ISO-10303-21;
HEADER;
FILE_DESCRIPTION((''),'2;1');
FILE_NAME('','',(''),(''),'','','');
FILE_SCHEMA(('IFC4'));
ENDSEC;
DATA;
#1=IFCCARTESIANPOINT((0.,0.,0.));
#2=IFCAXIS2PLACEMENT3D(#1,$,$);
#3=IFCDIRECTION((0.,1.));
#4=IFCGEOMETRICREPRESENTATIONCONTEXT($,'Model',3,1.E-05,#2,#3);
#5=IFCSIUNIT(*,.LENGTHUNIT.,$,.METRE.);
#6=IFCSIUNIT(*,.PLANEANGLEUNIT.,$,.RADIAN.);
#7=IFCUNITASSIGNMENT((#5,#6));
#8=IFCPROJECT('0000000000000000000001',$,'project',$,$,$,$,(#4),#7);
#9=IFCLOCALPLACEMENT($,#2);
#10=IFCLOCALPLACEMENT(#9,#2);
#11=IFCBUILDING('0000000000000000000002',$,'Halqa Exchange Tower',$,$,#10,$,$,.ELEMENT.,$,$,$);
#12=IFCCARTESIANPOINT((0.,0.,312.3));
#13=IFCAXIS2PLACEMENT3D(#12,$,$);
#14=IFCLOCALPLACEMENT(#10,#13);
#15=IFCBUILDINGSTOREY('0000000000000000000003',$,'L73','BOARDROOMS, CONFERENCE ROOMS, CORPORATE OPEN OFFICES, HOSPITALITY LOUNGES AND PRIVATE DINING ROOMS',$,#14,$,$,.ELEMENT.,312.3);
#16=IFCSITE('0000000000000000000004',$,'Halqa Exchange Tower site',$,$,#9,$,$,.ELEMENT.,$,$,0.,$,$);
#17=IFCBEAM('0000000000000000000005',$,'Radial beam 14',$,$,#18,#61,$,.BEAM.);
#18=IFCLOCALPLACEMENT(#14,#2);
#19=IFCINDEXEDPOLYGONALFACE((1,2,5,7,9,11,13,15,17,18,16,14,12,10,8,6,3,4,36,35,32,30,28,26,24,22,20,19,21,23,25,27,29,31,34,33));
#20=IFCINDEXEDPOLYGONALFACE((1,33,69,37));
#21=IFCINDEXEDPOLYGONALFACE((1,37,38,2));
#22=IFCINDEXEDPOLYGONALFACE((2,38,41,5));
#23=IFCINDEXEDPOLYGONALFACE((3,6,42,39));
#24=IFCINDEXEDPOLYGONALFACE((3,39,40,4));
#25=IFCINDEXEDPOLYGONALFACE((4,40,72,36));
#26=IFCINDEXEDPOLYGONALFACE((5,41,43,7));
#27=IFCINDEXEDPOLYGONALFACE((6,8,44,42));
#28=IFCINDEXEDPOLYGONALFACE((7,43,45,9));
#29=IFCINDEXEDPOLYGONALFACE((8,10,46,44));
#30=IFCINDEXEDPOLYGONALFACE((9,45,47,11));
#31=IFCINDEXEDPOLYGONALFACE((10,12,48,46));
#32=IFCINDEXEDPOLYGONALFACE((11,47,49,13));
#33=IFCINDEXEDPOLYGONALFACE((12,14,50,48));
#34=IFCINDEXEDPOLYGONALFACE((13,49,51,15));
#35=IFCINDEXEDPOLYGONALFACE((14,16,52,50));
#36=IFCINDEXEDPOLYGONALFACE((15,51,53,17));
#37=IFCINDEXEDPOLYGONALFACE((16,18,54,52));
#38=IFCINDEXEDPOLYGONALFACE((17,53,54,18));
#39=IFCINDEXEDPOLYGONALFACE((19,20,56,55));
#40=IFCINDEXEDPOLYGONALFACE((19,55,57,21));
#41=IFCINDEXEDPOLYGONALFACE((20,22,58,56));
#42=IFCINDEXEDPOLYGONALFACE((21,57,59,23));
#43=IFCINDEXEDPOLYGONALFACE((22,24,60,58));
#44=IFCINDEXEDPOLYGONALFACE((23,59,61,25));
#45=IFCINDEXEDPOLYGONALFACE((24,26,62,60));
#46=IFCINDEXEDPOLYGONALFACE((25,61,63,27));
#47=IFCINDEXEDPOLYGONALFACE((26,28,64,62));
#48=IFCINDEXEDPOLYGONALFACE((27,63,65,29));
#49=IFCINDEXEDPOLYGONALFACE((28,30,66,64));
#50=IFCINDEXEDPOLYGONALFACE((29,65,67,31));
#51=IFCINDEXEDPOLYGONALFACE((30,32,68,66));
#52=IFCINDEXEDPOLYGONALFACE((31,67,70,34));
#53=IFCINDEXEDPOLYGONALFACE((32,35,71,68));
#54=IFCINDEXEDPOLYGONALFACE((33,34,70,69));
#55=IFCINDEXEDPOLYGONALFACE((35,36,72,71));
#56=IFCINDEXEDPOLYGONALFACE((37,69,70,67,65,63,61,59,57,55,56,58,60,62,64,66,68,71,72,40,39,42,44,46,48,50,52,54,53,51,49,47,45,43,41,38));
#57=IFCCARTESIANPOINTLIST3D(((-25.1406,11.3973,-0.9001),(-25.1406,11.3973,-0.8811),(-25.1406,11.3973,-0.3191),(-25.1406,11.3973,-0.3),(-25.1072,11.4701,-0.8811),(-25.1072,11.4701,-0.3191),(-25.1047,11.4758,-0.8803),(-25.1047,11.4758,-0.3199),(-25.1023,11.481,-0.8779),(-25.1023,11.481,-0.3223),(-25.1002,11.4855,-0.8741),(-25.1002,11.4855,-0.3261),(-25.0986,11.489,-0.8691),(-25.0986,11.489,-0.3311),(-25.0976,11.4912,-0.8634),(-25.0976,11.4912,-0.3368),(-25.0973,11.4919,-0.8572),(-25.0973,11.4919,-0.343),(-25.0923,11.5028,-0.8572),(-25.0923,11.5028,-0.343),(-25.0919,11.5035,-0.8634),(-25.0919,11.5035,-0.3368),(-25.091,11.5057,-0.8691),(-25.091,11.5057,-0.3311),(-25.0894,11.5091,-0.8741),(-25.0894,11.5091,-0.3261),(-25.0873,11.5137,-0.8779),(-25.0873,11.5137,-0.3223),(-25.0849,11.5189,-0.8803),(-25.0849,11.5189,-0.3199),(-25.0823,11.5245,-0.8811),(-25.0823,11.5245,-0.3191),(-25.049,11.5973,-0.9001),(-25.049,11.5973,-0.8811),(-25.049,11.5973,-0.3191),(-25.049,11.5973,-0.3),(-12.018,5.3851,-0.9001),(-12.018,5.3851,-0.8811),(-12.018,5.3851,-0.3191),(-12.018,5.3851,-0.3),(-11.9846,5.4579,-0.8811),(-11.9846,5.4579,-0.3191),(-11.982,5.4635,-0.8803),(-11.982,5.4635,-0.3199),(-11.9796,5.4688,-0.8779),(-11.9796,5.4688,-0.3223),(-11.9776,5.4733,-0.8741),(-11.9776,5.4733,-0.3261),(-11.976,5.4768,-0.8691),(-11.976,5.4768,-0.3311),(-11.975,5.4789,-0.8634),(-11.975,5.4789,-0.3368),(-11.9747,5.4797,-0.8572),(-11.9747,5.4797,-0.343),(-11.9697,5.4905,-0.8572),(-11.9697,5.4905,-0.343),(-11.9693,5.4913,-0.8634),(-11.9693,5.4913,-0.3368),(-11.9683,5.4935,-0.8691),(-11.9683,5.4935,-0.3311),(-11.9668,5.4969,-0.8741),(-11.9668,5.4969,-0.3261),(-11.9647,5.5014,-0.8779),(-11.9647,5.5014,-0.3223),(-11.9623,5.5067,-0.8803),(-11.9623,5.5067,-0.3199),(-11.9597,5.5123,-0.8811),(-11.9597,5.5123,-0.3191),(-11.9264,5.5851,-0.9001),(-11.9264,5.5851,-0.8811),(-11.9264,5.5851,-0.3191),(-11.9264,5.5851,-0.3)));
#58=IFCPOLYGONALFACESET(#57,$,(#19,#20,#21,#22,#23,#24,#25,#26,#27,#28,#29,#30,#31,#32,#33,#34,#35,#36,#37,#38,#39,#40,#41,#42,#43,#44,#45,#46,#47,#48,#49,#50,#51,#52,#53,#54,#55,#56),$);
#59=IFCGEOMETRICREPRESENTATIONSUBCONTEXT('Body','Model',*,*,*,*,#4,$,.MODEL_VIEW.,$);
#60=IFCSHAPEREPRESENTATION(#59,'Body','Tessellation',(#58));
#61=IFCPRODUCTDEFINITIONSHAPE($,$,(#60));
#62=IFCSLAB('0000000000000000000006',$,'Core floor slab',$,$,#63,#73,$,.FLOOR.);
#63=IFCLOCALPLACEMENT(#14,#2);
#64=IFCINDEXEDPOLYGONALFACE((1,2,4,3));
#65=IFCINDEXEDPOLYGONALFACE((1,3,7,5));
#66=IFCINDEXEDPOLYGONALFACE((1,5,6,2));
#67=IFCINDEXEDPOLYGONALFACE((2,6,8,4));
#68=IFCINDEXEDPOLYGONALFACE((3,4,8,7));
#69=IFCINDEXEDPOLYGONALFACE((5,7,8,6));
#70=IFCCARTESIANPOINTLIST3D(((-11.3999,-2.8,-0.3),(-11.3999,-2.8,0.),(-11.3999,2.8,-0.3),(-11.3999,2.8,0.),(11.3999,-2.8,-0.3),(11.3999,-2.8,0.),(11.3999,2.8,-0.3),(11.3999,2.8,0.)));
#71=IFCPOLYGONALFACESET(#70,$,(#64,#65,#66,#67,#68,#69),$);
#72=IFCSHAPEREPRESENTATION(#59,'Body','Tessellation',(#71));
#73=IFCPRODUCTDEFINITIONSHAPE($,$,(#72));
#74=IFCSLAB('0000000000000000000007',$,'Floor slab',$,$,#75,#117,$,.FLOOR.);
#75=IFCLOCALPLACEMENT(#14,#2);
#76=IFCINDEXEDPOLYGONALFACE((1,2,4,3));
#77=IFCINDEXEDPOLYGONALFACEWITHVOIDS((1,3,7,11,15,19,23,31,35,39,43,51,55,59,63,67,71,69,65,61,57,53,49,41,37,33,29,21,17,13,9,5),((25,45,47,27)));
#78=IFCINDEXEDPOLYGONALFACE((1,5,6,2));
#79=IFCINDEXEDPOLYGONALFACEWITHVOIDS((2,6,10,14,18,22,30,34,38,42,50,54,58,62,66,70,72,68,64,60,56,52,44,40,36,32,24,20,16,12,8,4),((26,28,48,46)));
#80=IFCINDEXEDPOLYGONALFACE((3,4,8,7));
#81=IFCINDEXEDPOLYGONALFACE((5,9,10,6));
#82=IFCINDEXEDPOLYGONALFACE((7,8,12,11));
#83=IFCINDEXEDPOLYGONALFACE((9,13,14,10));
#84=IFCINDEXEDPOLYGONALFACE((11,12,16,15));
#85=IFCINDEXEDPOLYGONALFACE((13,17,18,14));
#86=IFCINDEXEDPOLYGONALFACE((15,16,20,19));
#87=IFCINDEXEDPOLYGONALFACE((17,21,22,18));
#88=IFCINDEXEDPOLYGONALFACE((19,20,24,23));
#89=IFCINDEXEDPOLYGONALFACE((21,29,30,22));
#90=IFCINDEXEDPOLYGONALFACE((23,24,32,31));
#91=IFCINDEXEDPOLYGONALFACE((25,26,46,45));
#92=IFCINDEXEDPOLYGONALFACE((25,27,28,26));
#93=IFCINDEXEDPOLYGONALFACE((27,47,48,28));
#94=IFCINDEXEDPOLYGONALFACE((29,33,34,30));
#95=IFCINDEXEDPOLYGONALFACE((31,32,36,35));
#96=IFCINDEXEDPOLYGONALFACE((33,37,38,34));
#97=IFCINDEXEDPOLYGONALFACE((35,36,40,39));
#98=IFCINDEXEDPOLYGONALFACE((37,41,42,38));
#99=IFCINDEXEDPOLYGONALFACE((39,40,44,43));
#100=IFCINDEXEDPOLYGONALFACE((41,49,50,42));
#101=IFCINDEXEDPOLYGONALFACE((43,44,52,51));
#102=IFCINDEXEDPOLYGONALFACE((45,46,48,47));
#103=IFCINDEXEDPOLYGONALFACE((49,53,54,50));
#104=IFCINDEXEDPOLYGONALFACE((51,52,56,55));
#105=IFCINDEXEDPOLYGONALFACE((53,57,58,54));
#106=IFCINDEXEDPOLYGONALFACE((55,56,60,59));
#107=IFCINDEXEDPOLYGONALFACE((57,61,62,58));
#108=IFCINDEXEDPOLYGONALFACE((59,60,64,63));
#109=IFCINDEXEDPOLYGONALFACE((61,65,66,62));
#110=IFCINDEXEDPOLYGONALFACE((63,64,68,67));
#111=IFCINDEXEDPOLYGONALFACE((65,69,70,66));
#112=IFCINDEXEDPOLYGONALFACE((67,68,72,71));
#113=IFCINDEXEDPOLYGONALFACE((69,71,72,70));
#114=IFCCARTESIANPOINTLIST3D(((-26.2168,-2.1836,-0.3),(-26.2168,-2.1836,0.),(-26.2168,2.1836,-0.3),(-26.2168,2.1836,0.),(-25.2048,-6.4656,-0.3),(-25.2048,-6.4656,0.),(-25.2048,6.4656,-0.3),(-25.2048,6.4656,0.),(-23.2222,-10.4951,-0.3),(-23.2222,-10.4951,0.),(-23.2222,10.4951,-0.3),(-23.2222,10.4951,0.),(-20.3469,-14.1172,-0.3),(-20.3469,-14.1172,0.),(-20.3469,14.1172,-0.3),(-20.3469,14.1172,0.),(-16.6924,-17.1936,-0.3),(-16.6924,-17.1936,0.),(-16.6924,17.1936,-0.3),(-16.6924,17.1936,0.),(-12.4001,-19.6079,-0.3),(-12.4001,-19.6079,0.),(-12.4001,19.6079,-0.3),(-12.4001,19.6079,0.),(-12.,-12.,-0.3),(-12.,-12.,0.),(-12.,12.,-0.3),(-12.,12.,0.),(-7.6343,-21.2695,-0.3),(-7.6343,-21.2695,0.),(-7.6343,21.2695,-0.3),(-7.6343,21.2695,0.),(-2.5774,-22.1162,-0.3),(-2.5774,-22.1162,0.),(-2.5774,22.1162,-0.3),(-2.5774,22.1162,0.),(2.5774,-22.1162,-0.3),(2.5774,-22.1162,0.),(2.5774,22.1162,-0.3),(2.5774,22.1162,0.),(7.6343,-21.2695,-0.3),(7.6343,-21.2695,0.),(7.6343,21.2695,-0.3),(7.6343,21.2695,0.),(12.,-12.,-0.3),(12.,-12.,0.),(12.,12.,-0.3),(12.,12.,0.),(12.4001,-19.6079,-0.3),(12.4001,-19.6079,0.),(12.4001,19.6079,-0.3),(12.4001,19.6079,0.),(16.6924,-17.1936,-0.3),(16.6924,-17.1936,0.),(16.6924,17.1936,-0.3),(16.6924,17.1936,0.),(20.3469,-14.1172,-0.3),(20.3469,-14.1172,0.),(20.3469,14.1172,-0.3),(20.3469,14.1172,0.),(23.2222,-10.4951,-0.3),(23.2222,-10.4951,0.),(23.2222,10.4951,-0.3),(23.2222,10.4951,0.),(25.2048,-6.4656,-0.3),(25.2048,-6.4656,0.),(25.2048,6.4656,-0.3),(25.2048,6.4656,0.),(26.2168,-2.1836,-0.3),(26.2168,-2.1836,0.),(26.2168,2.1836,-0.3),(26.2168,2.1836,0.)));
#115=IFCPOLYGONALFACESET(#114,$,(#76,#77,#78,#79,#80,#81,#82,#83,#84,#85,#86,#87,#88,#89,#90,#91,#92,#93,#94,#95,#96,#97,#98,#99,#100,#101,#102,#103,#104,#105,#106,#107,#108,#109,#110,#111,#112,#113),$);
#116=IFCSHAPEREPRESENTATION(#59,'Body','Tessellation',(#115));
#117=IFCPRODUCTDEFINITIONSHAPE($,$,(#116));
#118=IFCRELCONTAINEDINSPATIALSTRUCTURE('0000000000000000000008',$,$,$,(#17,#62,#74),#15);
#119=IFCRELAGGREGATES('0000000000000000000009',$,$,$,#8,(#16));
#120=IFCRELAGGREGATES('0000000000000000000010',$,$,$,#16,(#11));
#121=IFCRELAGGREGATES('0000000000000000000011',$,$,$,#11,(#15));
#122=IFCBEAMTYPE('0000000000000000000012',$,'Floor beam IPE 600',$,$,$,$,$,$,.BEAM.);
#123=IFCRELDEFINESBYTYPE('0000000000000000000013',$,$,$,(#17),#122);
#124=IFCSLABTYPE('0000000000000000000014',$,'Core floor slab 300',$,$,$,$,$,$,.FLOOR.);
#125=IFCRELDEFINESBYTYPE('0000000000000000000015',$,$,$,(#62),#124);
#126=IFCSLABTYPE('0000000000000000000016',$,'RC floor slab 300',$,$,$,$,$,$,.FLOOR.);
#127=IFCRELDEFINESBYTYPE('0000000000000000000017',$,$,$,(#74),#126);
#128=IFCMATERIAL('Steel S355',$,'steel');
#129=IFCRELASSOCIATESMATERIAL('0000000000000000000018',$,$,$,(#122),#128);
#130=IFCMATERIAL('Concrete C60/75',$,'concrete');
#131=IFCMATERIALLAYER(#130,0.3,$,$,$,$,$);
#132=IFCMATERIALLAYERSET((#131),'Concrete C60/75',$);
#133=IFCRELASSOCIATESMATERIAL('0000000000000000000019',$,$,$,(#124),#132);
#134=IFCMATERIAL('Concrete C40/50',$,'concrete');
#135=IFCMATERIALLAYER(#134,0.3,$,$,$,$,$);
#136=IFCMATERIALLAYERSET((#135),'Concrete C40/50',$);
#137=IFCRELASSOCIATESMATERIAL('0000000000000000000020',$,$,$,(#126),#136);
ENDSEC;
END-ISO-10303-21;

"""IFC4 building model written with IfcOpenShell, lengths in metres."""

from ifc_helpers import new_model, si_unit, direction, frame, origin, origin_2d, place, context, subcontext, project, spatial, polyline, i_section, outline, extrude, material, layer, layer_set, material_profile, profile_set, type_object, element, save


model = new_model("IFC4")

# Units and contexts
model_context = context("Model", 3, precision=1e-05, world=origin(), true_north=direction((0.0, 1.0)))
body_context = subcontext(model_context, "Body", "Model", "MODEL_VIEW")
ifc_project = project(units=[si_unit("LENGTHUNIT", "METRE"), si_unit("PLANEANGLEUNIT", "RADIAN")], contexts=[model_context])

# Site, building, storey
site_placement = place(None, origin())
site = spatial("IfcSite", under=ifc_project, at=site_placement, Name="Halqa Exchange Tower site", CompositionType="ELEMENT", RefElevation=0.0)
building_placement = place(site_placement, origin())
building = spatial("IfcBuilding", under=site, at=building_placement, Name="Halqa Exchange Tower", CompositionType="ELEMENT")
storey_placement = place(building_placement, frame((0.0, 0.0, 312.3)))
storey = spatial("IfcBuildingStorey", under=building, at=storey_placement, Name="L73", Description="BOARDROOMS, CONFERENCE ROOMS, CORPORATE OPEN OFFICES, HOSPITALITY LOUNGES AND PRIVATE DINING ROOMS", CompositionType="ELEMENT", Elevation=312.3)

# Beam
ifc_material_1 = material(Name="Steel S355", Category="steel")
ifc_material_profile = material_profile(ifc_material_1, i_section(OverallWidth=0.22, OverallDepth=0.6001, WebThickness=0.012, FlangeThickness=0.019, FilletRadius=0.0239, at=origin_2d()), Name="IPE 600")
ifc_profile_set = profile_set([ifc_material_profile], Name="Steel S355")
beam_type = type_object("IfcBeamType", Name="Floor beam IPE 600", PredefinedType="BEAM", material=ifc_profile_set)
beam_placement = place(storey_placement, frame((-11.9722, 5.4851, -0.6001), z_axis=(-0.909125, 0.416523, 0.0), x_axis=(-0.416523, -0.909125, 0.0)))
element("IfcBeam", 1, at=beam_placement, inside=storey, type_object=beam_type, Name="Radial beam 14", PredefinedType="BEAM", context=body_context, shape_type="SweptSolid", body=[
    extrude(i_section(OverallWidth=0.22, OverallDepth=0.6001, WebThickness=0.012, FlangeThickness=0.019, FilletRadius=0.0239, at=origin_2d()), origin(), (0.0, 0.0, 1.0), 14.4343),
])

# Slabs
ifc_material_2 = material(Name="Concrete C60/75", Category="concrete")
ifc_layer_1 = layer(ifc_material_2, 0.3)
ifc_layer_set_1 = layer_set([ifc_layer_1], Name="Concrete C60/75")
slab_type_1 = type_object("IfcSlabType", Name="Core floor slab 300", PredefinedType="FLOOR", material=ifc_layer_set_1)
slab_1_placement = place(storey_placement, frame((0.0, 0.0, -0.3)))
element("IfcSlab", 2, at=slab_1_placement, inside=storey, type_object=slab_type_1, Name="Core floor slab", PredefinedType="FLOOR", context=body_context, shape_type="SweptSolid", body=[
    extrude(outline(polyline([(-11.3999, 2.8), (11.3999, 2.8), (11.3999, -2.8), (-11.3999, -2.8), (-11.3999, 2.8)])), origin(), (0.0, 0.0, 1.0), 0.3),
])
ifc_material_3 = material(Name="Concrete C40/50", Category="concrete")
ifc_layer_2 = layer(ifc_material_3, 0.3)
ifc_layer_set_2 = layer_set([ifc_layer_2], Name="Concrete C40/50")
slab_type_2 = type_object("IfcSlabType", Name="RC floor slab 300", PredefinedType="FLOOR", material=ifc_layer_set_2)
slab_2_placement = place(storey_placement, frame((0.0, 0.0, -0.3)))
element("IfcSlab", 3, at=slab_2_placement, inside=storey, type_object=slab_type_2, Name="Floor slab", PredefinedType="FLOOR", context=body_context, shape_type="SweptSolid", body=[
    extrude(outline(polyline([(26.2168, 2.1836), (25.2048, 6.4656), (23.2222, 10.4951), (20.3469, 14.1172), (16.6924, 17.1936), (12.4001, 19.6079), (7.6343, 21.2695), (2.5774, 22.1162), (-2.5774, 22.1162), (-7.6343, 21.2695), (-12.4001, 19.6079), (-16.6924, 17.1936), (-20.3469, 14.1172), (-23.2222, 10.4951), (-25.2048, 6.4656), (-26.2168, 2.1836), (-26.2168, -2.1836), (-25.2048, -6.4656), (-23.2222, -10.4951), (-20.3469, -14.1172), (-16.6924, -17.1936), (-12.4001, -19.6079), (-7.6343, -21.2695), (-2.5774, -22.1162), (2.5774, -22.1162), (7.6343, -21.2695), (12.4001, -19.6079), (16.6924, -17.1936), (20.3469, -14.1172), (23.2222, -10.4951), (25.2048, -6.4656), (26.2168, -2.1836), (26.2168, 2.1836)]), holes=[polyline([(-12.0, -12.0), (12.0, -12.0), (12.0, 12.0), (-12.0, 12.0), (-12.0, -12.0)])]), origin(), (0.0, 0.0, 1.0), 0.3),
])

save(model, "model.ifc")
